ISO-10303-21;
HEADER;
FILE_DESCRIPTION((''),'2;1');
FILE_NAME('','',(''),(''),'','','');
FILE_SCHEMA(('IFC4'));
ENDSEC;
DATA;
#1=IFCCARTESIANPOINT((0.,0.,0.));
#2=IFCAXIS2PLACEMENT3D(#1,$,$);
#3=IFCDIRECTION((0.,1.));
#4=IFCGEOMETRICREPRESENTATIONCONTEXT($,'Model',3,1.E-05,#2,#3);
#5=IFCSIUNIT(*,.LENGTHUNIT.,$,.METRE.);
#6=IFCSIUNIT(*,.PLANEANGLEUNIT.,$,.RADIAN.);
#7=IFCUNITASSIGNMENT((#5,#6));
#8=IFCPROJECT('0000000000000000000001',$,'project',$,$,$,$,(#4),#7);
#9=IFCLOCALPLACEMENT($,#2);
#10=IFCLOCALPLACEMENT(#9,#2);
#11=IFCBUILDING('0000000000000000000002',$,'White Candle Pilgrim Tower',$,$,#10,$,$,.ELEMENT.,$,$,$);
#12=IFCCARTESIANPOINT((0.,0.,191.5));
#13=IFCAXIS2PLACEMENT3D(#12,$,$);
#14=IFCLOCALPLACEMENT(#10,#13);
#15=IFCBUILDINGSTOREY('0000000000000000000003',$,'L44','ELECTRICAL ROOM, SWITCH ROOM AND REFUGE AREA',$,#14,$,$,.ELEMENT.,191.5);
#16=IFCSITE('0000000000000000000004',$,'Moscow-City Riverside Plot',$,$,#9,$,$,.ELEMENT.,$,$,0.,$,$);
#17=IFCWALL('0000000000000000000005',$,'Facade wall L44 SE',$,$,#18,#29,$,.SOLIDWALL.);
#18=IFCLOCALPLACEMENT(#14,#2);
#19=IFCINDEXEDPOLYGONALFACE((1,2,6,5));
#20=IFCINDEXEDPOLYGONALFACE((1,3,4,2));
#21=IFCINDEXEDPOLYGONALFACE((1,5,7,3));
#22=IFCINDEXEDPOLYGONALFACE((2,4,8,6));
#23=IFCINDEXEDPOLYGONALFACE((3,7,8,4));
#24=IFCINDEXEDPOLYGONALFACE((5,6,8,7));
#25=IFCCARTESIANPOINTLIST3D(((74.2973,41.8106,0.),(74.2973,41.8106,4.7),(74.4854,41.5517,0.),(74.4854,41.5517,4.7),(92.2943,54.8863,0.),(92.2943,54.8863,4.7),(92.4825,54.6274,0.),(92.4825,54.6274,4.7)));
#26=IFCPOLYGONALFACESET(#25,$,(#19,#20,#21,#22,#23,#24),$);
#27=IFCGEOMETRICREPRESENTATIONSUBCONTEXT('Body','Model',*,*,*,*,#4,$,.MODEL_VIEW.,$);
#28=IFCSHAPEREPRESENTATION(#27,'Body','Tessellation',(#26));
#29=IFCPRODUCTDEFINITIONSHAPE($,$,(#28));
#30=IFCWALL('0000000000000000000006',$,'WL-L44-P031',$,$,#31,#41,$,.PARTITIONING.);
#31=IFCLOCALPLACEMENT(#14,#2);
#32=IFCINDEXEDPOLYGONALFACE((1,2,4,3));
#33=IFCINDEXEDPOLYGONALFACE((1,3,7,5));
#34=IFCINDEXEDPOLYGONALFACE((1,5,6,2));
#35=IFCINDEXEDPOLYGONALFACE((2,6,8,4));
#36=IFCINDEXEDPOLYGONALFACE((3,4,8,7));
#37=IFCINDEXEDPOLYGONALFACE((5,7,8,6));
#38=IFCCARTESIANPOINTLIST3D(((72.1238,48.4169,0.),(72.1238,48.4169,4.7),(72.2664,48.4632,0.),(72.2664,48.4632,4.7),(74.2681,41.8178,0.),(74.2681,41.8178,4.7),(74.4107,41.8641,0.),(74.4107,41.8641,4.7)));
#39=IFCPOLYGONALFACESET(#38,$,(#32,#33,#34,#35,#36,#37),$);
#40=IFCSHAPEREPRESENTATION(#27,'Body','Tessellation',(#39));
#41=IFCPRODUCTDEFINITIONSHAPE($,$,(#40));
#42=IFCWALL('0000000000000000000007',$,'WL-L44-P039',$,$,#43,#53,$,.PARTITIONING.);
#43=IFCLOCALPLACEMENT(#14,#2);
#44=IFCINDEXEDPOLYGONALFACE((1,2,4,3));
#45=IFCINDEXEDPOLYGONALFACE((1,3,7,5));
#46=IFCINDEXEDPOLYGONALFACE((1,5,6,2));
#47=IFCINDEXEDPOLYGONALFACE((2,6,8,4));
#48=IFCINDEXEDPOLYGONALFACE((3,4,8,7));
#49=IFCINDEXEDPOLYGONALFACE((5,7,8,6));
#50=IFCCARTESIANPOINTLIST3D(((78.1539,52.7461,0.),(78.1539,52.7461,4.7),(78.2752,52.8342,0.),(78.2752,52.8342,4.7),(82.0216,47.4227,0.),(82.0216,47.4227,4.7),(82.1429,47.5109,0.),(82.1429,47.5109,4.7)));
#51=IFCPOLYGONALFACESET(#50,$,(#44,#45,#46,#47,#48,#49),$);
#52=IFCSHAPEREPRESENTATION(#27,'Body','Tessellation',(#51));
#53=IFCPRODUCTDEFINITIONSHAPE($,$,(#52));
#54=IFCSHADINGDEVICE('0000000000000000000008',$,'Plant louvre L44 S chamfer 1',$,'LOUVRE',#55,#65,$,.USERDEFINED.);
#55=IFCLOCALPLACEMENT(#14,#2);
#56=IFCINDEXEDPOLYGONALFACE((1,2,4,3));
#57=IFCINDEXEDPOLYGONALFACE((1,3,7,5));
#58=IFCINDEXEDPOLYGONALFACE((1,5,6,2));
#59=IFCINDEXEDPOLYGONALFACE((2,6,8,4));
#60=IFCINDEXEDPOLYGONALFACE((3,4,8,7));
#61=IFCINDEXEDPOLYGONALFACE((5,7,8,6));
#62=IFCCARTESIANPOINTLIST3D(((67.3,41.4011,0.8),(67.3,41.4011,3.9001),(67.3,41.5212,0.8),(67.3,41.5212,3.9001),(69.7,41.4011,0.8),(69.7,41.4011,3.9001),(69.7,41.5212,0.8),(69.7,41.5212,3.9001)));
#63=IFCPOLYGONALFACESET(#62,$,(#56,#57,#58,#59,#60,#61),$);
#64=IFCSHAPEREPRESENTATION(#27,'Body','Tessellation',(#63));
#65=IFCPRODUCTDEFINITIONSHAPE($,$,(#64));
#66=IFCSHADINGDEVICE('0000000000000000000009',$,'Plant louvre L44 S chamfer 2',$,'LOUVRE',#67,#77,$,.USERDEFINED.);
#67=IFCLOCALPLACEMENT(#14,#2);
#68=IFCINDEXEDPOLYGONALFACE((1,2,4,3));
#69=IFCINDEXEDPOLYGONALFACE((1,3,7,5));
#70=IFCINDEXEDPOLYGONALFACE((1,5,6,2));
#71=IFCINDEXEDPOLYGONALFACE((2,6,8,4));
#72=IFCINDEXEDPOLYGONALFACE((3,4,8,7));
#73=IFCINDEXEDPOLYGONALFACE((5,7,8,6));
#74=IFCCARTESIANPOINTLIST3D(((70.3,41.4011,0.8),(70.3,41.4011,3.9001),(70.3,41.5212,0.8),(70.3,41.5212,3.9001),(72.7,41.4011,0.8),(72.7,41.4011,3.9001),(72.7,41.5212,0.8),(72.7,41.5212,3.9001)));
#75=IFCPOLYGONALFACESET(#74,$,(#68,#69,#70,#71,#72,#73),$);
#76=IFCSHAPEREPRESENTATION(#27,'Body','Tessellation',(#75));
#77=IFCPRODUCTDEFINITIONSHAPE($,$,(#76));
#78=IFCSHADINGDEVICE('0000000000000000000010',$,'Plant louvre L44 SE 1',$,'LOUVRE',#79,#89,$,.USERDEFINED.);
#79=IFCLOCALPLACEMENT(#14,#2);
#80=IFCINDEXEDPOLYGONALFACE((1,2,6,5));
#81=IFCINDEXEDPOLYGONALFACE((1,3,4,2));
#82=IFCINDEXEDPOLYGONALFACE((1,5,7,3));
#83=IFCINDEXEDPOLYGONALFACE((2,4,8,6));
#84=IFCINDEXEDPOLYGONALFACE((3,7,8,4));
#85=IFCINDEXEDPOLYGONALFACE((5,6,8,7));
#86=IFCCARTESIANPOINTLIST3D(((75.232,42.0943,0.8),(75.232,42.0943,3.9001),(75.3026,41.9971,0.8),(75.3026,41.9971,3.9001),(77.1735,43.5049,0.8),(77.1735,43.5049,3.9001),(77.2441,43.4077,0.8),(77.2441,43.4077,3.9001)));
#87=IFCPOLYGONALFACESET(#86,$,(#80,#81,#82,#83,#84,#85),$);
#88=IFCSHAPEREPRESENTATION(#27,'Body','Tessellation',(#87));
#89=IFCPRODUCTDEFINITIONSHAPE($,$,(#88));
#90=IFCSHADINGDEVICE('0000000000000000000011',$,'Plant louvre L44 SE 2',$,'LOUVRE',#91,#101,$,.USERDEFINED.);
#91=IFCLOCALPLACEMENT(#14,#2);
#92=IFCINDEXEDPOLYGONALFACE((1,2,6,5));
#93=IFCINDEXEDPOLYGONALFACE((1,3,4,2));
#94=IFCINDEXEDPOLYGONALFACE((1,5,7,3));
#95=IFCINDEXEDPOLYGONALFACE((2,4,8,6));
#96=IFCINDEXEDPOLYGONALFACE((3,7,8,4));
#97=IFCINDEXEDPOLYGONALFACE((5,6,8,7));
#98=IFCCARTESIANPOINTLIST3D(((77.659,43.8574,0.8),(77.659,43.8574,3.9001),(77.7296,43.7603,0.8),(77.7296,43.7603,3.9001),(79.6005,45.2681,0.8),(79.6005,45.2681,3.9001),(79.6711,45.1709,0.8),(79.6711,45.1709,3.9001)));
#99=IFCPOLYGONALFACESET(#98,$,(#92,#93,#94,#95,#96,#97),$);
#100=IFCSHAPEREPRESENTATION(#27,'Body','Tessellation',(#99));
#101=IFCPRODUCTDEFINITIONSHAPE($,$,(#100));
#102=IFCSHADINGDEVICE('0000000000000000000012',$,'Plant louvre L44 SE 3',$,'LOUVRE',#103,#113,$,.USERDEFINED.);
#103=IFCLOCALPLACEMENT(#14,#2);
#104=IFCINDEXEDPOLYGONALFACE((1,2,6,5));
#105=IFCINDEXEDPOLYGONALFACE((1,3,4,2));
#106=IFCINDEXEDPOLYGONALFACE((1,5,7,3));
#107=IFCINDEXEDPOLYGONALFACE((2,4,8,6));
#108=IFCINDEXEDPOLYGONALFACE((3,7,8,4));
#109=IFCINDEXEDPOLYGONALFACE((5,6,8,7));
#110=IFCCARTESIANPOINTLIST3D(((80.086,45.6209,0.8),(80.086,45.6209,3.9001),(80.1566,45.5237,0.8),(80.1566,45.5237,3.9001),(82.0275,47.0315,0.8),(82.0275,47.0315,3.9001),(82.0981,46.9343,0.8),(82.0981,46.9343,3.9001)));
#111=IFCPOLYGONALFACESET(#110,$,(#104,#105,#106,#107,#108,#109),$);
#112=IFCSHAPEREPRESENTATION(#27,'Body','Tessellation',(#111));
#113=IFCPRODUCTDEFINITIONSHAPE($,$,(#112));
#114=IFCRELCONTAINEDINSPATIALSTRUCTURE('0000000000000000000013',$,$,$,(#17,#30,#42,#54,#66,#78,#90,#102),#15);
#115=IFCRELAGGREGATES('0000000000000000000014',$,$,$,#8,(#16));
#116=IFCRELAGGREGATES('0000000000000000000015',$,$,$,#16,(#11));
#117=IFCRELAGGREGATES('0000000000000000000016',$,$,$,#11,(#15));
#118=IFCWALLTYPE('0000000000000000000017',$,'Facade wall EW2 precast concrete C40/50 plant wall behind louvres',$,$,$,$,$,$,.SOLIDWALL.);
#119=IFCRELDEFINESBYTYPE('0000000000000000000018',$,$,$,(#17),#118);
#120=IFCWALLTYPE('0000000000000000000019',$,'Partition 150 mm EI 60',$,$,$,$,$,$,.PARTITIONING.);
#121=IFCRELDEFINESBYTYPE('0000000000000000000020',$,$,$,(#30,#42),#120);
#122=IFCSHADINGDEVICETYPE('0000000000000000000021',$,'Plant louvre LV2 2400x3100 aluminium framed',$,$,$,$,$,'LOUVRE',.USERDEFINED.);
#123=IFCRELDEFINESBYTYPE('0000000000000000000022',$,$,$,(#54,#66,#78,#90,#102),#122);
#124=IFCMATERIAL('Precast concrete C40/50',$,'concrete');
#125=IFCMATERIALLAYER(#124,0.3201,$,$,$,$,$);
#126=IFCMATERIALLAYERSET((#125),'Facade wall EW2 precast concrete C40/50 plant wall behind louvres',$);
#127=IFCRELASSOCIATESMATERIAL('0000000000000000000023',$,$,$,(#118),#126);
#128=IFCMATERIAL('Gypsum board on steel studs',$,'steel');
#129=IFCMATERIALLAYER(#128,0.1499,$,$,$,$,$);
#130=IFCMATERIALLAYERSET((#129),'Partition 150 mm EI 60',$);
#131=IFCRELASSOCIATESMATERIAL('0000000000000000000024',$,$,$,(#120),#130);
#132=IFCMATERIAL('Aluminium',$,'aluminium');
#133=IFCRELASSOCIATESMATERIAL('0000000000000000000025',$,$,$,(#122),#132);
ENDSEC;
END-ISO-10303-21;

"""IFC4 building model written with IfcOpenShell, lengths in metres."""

from ifc_helpers import new_model, si_unit, direction, frame, frame_2d, origin, origin_2d, place, context, subcontext, project, spatial, rectangle, extrude, material, layer, layer_set, type_object, element, save


model = new_model("IFC4")

# Units and contexts
model_context = context("Model", 3, precision=1e-05, world=origin(), true_north=direction((0.0, 1.0)))
body_context = subcontext(model_context, "Body", "Model", "MODEL_VIEW")
ifc_project = project(units=[si_unit("LENGTHUNIT", "METRE"), si_unit("PLANEANGLEUNIT", "RADIAN")], contexts=[model_context])

# Site, building, storey
site_placement = place(None, origin())
site = spatial("IfcSite", under=ifc_project, at=site_placement, Name="Moscow-City Riverside Plot", CompositionType="ELEMENT", RefElevation=0.0)
building_placement = place(site_placement, origin())
building = spatial("IfcBuilding", under=site, at=building_placement, Name="White Candle Pilgrim Tower", CompositionType="ELEMENT")
storey_placement = place(building_placement, frame((0.0, 0.0, 191.5)))
storey = spatial("IfcBuildingStorey", under=building, at=storey_placement, Name="L44", Description="ELECTRICAL ROOM, SWITCH ROOM AND REFUGE AREA", CompositionType="ELEMENT", Elevation=191.5)

# Shared definitions
ifc_material_1 = material(Name="Gypsum board on steel studs", Category="steel")

# Walls
ifc_material_2 = material(Name="Precast concrete C40/50", Category="concrete")
ifc_layer_1 = layer(ifc_material_2, 0.3201)
ifc_layer_set_1 = layer_set([ifc_layer_1], Name="Facade wall EW2 precast concrete C40/50 plant wall behind louvres")
wall_type_1 = type_object("IfcWallType", Name="Facade wall EW2 precast concrete C40/50 plant wall behind louvres", PredefinedType="SOLIDWALL", material=ifc_layer_set_1)
wall_1_placement = place(storey_placement, frame((74.3914, 41.6812, 0.0), z_axis=(0.0, 0.0, 1.0), x_axis=(0.809016, 0.587787, 0.0)))
element("IfcWall", 1, at=wall_1_placement, inside=storey, type_object=wall_type_1, Name="Facade wall L44 SE", PredefinedType="SOLIDWALL", context=body_context, shape_type="SweptSolid", body=[
    extrude(rectangle(XDim=22.2456, YDim=0.3201, at=frame_2d((11.1228, 0.0))), origin(), (0.0, 0.0, 1.0), 4.7),
])
ifc_layer_2 = layer(ifc_material_1, 0.1499)
ifc_layer_set_2 = layer_set([ifc_layer_2], Name="Partition 150 mm EI 60")
wall_type_2 = type_object("IfcWallType", Name="Partition 150 mm EI 60", PredefinedType="PARTITIONING", material=ifc_layer_set_2)
wall_2_placement = place(storey_placement, frame((74.3394, 41.8411, 0.0), z_axis=(0.0, 0.0, 1.0), x_axis=(-0.30903, 0.951052, 0.0)))
element("IfcWall", 2, at=wall_2_placement, inside=storey, type_object=wall_type_2, Name="WL-L44-P031", PredefinedType="PARTITIONING", context=body_context, shape_type="SweptSolid", body=[
    extrude(rectangle(XDim=6.9387, YDim=0.1499, at=frame_2d((3.4692, 0.0))), origin(), (0.0, 0.0, 1.0), 4.7),
])
wall_3_placement = place(storey_placement, frame((82.0823, 47.4668, 0.0), z_axis=(0.0, 0.0, 1.0), x_axis=(-0.587797, 0.809009, 0.0)))
element("IfcWall", 3, at=wall_3_placement, inside=storey, type_object=wall_type_2, Name="WL-L44-P039", PredefinedType="PARTITIONING", context=body_context, shape_type="SweptSolid", body=[
    extrude(rectangle(XDim=6.5801, YDim=0.1499, at=frame_2d((3.29, 0.0))), origin(), (0.0, 0.0, 1.0), 4.7),
])

# Shading devices
ifc_material_3 = material(Name="Aluminium", Category="aluminium")
shading_device_type = type_object("IfcShadingDeviceType", Name="Plant louvre LV2 2400x3100 aluminium framed", ElementType="LOUVRE", PredefinedType="USERDEFINED", material=ifc_material_3)
for number, where, z_axis, x_axis, name in (
    (4, (68.5, 41.4612, 0.8), (0.0, 0.0, 1.0), (1.0, 0.0, 0.0), "Plant louvre L44 S chamfer 1"),
    (5, (71.5, 41.4612, 0.8), (0.0, 0.0, 1.0), (1.0, 0.0, 0.0), "Plant louvre L44 S chamfer 2"),
    (6, (76.238, 42.751, 0.8), (0.0, 0.0, 1.0), (0.809017, 0.587785, 0.0), "Plant louvre L44 SE 1"),
    (7, (78.665, 44.5142, 0.8), (0.0, 0.0, 1.0), (0.809017, 0.587785, 0.0), "Plant louvre L44 SE 2"),
    (8, (81.092, 46.2776, 0.8), (0.0, 0.0, 1.0), (0.809017, 0.587785, 0.0), "Plant louvre L44 SE 3"),
):
    element("IfcShadingDevice", number, at=place(storey_placement, frame(where, z_axis=z_axis, x_axis=x_axis)), inside=storey, type_object=shading_device_type, Name=name, ObjectType="LOUVRE", PredefinedType="USERDEFINED", context=body_context, shape_type="SweptSolid", body=[
        extrude(rectangle(XDim=2.3999, YDim=0.1201, at=origin_2d()), origin(), (0.0, 0.0, 1.0), 3.1001),
    ])

save(model, "model.ifc")
